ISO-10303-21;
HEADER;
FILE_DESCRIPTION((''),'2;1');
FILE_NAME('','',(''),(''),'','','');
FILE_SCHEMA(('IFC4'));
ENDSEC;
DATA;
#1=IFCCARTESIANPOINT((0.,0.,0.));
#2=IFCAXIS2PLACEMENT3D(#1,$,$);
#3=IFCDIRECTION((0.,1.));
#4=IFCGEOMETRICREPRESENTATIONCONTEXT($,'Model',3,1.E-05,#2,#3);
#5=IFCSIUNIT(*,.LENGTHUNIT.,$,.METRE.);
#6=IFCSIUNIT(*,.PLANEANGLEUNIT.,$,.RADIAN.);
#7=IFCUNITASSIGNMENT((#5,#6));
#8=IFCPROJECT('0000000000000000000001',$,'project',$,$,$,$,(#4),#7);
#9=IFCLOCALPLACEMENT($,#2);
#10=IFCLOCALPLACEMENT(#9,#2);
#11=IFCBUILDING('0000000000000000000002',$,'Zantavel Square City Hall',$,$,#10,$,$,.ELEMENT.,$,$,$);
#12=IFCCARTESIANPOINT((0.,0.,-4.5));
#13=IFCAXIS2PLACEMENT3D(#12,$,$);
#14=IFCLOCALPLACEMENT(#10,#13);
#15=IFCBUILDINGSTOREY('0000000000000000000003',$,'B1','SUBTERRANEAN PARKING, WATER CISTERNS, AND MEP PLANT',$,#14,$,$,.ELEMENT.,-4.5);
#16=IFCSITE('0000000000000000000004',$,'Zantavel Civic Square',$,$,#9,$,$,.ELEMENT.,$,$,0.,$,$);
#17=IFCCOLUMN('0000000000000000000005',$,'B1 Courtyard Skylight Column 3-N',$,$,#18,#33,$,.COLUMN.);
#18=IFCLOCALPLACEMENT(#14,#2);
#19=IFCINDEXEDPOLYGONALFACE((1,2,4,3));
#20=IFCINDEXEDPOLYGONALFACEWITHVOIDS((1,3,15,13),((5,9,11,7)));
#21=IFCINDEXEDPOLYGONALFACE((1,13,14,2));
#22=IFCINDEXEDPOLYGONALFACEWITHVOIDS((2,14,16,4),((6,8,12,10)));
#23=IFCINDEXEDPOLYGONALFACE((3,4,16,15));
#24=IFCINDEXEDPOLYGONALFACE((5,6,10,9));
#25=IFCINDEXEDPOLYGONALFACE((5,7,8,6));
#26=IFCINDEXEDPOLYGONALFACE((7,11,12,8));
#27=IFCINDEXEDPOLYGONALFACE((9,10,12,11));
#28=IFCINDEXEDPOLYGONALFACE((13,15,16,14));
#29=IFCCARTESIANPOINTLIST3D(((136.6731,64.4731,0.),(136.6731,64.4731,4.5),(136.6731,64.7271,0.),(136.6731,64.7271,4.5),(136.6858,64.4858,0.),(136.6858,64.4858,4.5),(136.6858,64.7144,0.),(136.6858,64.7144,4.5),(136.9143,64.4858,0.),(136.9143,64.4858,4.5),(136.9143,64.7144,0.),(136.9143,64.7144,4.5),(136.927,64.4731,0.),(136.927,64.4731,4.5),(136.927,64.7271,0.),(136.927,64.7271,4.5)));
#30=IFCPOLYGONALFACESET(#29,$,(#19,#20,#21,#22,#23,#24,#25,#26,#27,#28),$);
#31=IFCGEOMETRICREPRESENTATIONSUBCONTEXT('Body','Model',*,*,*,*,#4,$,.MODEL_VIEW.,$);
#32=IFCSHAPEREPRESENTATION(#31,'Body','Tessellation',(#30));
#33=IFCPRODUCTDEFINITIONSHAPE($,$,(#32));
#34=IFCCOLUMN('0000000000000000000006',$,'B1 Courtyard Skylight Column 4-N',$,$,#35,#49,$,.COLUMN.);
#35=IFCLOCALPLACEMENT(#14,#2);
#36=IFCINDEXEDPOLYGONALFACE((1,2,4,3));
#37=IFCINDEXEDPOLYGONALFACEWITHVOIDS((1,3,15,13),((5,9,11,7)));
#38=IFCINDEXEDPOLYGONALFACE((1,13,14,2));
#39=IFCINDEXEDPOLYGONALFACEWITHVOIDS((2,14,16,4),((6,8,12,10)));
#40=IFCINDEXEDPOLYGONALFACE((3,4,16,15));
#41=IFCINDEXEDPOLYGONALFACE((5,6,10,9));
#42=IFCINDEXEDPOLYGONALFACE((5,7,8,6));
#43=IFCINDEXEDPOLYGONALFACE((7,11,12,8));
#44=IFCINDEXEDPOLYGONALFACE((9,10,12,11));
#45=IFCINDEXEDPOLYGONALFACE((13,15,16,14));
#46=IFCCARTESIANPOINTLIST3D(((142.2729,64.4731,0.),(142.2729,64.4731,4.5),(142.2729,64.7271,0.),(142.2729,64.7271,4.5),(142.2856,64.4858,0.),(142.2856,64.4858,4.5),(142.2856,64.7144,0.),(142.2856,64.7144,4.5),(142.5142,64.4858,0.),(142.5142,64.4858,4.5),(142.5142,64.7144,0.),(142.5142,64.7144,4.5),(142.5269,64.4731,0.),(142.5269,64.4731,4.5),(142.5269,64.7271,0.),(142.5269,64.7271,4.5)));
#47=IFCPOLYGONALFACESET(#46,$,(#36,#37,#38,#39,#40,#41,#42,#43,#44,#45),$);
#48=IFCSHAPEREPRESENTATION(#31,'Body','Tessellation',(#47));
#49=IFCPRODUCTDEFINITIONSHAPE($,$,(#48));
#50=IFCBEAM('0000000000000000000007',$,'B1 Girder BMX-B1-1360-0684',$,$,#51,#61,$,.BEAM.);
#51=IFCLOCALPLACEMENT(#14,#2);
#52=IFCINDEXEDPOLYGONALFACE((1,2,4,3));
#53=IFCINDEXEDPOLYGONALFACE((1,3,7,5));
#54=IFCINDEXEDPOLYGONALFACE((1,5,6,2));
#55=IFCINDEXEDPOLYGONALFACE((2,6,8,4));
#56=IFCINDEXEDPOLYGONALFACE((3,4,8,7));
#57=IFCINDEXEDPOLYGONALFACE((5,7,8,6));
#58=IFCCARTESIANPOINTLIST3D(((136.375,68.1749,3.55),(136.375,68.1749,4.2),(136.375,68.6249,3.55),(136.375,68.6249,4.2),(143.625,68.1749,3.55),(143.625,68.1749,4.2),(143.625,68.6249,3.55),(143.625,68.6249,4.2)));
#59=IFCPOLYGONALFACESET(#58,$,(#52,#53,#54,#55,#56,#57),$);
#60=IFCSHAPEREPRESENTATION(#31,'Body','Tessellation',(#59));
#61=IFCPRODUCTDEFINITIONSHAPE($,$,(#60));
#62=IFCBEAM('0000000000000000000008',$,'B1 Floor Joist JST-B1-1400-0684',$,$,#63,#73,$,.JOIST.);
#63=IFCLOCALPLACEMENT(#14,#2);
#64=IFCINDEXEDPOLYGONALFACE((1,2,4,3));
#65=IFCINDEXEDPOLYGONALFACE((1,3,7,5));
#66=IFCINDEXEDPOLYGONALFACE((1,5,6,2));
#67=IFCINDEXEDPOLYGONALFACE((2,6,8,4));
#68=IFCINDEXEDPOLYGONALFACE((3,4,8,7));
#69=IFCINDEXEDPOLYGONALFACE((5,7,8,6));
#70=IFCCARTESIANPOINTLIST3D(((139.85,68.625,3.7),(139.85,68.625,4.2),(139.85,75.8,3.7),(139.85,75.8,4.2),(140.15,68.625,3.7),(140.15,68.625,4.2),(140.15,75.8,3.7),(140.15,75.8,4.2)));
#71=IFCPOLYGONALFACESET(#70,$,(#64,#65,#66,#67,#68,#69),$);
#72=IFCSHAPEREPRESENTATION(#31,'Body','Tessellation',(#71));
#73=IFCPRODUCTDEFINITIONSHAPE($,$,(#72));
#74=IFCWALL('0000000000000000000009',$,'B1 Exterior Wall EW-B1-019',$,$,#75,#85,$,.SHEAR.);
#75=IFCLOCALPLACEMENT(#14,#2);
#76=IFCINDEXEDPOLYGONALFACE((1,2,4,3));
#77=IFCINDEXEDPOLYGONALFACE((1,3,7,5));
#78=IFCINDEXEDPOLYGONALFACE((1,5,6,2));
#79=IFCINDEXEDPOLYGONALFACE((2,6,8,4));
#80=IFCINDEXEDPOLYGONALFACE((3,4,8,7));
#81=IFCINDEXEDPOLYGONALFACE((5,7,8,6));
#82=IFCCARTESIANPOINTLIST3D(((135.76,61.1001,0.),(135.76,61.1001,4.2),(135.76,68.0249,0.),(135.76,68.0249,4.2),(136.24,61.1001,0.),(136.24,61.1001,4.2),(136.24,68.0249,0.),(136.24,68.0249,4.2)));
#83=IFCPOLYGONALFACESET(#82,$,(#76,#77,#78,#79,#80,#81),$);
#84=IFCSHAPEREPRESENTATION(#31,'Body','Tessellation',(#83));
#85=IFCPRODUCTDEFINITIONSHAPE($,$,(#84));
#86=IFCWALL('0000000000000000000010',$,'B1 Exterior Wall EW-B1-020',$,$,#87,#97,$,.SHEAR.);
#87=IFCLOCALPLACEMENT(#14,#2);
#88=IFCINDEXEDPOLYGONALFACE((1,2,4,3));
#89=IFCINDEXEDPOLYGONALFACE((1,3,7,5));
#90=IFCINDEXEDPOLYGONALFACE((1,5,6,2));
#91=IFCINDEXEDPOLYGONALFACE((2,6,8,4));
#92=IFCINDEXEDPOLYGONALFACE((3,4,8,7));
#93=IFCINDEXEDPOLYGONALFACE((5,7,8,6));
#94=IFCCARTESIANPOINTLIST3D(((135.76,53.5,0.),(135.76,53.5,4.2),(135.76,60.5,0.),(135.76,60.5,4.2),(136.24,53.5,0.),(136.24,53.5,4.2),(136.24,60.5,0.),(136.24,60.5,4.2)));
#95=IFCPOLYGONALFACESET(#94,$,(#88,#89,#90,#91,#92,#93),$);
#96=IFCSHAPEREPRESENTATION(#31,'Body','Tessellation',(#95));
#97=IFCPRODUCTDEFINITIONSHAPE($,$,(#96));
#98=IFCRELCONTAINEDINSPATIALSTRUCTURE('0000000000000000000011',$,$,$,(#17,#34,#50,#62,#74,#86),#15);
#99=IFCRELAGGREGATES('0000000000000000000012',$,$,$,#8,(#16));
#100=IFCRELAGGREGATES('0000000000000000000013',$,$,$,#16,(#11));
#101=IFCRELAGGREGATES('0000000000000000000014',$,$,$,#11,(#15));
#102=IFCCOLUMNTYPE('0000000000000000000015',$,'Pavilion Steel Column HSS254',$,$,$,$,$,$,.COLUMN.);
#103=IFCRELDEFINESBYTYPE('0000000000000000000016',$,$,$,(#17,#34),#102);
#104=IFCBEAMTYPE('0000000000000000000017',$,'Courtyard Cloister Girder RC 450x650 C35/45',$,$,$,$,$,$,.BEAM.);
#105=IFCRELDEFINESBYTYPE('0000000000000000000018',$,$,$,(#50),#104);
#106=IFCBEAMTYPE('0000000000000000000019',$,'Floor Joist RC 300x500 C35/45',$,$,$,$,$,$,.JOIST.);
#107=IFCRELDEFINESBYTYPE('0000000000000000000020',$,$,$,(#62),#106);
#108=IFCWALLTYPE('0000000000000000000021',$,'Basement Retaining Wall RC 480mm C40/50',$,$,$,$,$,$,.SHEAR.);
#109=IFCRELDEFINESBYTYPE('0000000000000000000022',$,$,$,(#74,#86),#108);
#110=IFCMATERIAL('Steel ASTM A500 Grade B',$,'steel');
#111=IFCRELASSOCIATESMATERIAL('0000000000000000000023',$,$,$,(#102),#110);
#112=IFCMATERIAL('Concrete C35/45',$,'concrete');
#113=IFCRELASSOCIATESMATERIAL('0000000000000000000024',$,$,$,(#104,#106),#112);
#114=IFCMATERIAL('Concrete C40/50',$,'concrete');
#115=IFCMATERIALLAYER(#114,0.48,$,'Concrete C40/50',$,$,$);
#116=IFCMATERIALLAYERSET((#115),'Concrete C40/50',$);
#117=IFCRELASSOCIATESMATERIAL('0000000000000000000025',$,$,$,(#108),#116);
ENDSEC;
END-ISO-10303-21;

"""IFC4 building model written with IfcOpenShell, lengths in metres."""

from ifc_helpers import new_model, si_unit, direction, frame, frame_2d, origin, origin_2d, place, context, subcontext, project, spatial, rectangle, hollow_rectangle, extrude, material, layer, layer_set, material_profile, profile_set, type_object, element, save


model = new_model("IFC4")

# Units and contexts
model_context = context("Model", 3, precision=1e-05, world=origin(), true_north=direction((0.0, 1.0)))
body_context = subcontext(model_context, "Body", "Model", "MODEL_VIEW")
ifc_project = project(units=[si_unit("LENGTHUNIT", "METRE"), si_unit("PLANEANGLEUNIT", "RADIAN")], contexts=[model_context])

# Site, building, storey
site_placement = place(None, origin())
site = spatial("IfcSite", under=ifc_project, at=site_placement, Name="Zantavel Civic Square", CompositionType="ELEMENT", RefElevation=0.0)
building_placement = place(site_placement, origin())
building = spatial("IfcBuilding", under=site, at=building_placement, Name="Zantavel Square City Hall", CompositionType="ELEMENT")
storey_placement = place(building_placement, frame((0.0, 0.0, -4.5)))
storey = spatial("IfcBuildingStorey", under=building, at=storey_placement, Name="B1", Description="SUBTERRANEAN PARKING, WATER CISTERNS, AND MEP PLANT", CompositionType="ELEMENT", Elevation=-4.5)

# Shared definitions
ifc_material_1 = material(Name="Concrete C35/45", Category="concrete")

# Shared definitions
ifc_material_2 = material(Name="Concrete C40/50", Category="concrete")

# Columns
ifc_material_3 = material(Name="Steel ASTM A500 Grade B", Category="steel")
ifc_material_profile_1 = material_profile(ifc_material_3, hollow_rectangle(XDim=0.2539, YDim=0.2539, WallThickness=0.0127, at=origin_2d()), Name="HSS 254x254x12.7")
ifc_profile_set_1 = profile_set([ifc_material_profile_1], Name="Steel ASTM A500 Grade B")
column_type_1 = type_object("IfcColumnType", Name="Pavilion Steel Column HSS254", PredefinedType="COLUMN", material=ifc_profile_set_1)
for number, where, z_axis, x_axis, name in (
    (1, (136.8, 64.6001, 0.0), (0.0, 0.0, 1.0), (1.0, 0.0, 0.0), "B1 Courtyard Skylight Column 3-N"),
    (2, (142.3999, 64.6001, 0.0), (0.0, 0.0, 1.0), (1.0, 0.0, 0.0), "B1 Courtyard Skylight Column 4-N"),
):
    element("IfcColumn", number, at=place(storey_placement, frame(where, z_axis=z_axis, x_axis=x_axis)), inside=storey, type_object=column_type_1, Name=name, PredefinedType="COLUMN", context=body_context, shape_type="SweptSolid", body=[
        extrude(hollow_rectangle(XDim=0.2539, YDim=0.2539, WallThickness=0.0127, at=origin_2d()), origin(), (0.0, 0.0, 1.0), 4.5),
    ])

# Beams
ifc_material_profile_2 = material_profile(ifc_material_1, rectangle(XDim=0.45, YDim=0.6499, at=origin_2d()), Name="RC 450x650")
ifc_profile_set_2 = profile_set([ifc_material_profile_2], Name="Concrete C35/45")
beam_type_1 = type_object("IfcBeamType", Name="Courtyard Cloister Girder RC 450x650 C35/45", PredefinedType="BEAM", material=ifc_profile_set_2)
beam_1_placement = place(storey_placement, frame((136.375, 68.3999, 3.875), z_axis=(1.0, 0.0, 0.0), x_axis=(0.0, 1.0, 0.0)))
element("IfcBeam", 3, at=beam_1_placement, inside=storey, type_object=beam_type_1, Name="B1 Girder BMX-B1-1360-0684", PredefinedType="BEAM", context=body_context, shape_type="SweptSolid", body=[
    extrude(rectangle(XDim=0.45, YDim=0.6499, at=origin_2d()), origin(), (0.0, 0.0, 1.0), 7.25),
])
ifc_material_profile_3 = material_profile(ifc_material_1, rectangle(XDim=0.3, YDim=0.5, at=origin_2d()), Name="RC 300x500")
ifc_profile_set_3 = profile_set([ifc_material_profile_3], Name="Concrete C35/45")
beam_type_2 = type_object("IfcBeamType", Name="Floor Joist RC 300x500 C35/45", PredefinedType="JOIST", material=ifc_profile_set_3)
beam_2_placement = place(storey_placement, frame((140.0, 68.625, 3.95), z_axis=(0.0, 1.0, 0.0), x_axis=(-1.0, 0.0, 0.0)))
element("IfcBeam", 4, at=beam_2_placement, inside=storey, type_object=beam_type_2, Name="B1 Floor Joist JST-B1-1400-0684", PredefinedType="JOIST", context=body_context, shape_type="SweptSolid", body=[
    extrude(rectangle(XDim=0.3, YDim=0.5, at=origin_2d()), origin(), (0.0, 0.0, 1.0), 7.175),
])

# Walls
ifc_layer_1 = layer(ifc_material_2, 0.48, Name="Concrete C40/50")
ifc_layer_set_1 = layer_set([ifc_layer_1], Name="Concrete C40/50")
wall_type = type_object("IfcWallType", Name="Basement Retaining Wall RC 480mm C40/50", PredefinedType="SHEAR", material=ifc_layer_set_1)
wall_1_placement = place(storey_placement, frame((136.0, 68.0249, 0.0), z_axis=(0.0, 0.0, 1.0), x_axis=(0.0, -1.0, 0.0)))
element("IfcWall", 5, at=wall_1_placement, inside=storey, type_object=wall_type, Name="B1 Exterior Wall EW-B1-019", PredefinedType="SHEAR", context=body_context, shape_type="SweptSolid", body=[
    extrude(rectangle(XDim=6.9248, YDim=0.48, at=frame_2d((3.4624, 0.0))), origin(), (0.0, 0.0, 1.0), 4.2),
])
wall_2_placement = place(storey_placement, frame((136.0, 60.5, 0.0), z_axis=(0.0, 0.0, 1.0), x_axis=(0.0, -1.0, 0.0)))
element("IfcWall", 6, at=wall_2_placement, inside=storey, type_object=wall_type, Name="B1 Exterior Wall EW-B1-020", PredefinedType="SHEAR", context=body_context, shape_type="SweptSolid", body=[
    extrude(rectangle(XDim=7.0, YDim=0.48, at=frame_2d((3.5, 0.0))), origin(), (0.0, 0.0, 1.0), 4.2),
])

save(model, "model.ifc")
